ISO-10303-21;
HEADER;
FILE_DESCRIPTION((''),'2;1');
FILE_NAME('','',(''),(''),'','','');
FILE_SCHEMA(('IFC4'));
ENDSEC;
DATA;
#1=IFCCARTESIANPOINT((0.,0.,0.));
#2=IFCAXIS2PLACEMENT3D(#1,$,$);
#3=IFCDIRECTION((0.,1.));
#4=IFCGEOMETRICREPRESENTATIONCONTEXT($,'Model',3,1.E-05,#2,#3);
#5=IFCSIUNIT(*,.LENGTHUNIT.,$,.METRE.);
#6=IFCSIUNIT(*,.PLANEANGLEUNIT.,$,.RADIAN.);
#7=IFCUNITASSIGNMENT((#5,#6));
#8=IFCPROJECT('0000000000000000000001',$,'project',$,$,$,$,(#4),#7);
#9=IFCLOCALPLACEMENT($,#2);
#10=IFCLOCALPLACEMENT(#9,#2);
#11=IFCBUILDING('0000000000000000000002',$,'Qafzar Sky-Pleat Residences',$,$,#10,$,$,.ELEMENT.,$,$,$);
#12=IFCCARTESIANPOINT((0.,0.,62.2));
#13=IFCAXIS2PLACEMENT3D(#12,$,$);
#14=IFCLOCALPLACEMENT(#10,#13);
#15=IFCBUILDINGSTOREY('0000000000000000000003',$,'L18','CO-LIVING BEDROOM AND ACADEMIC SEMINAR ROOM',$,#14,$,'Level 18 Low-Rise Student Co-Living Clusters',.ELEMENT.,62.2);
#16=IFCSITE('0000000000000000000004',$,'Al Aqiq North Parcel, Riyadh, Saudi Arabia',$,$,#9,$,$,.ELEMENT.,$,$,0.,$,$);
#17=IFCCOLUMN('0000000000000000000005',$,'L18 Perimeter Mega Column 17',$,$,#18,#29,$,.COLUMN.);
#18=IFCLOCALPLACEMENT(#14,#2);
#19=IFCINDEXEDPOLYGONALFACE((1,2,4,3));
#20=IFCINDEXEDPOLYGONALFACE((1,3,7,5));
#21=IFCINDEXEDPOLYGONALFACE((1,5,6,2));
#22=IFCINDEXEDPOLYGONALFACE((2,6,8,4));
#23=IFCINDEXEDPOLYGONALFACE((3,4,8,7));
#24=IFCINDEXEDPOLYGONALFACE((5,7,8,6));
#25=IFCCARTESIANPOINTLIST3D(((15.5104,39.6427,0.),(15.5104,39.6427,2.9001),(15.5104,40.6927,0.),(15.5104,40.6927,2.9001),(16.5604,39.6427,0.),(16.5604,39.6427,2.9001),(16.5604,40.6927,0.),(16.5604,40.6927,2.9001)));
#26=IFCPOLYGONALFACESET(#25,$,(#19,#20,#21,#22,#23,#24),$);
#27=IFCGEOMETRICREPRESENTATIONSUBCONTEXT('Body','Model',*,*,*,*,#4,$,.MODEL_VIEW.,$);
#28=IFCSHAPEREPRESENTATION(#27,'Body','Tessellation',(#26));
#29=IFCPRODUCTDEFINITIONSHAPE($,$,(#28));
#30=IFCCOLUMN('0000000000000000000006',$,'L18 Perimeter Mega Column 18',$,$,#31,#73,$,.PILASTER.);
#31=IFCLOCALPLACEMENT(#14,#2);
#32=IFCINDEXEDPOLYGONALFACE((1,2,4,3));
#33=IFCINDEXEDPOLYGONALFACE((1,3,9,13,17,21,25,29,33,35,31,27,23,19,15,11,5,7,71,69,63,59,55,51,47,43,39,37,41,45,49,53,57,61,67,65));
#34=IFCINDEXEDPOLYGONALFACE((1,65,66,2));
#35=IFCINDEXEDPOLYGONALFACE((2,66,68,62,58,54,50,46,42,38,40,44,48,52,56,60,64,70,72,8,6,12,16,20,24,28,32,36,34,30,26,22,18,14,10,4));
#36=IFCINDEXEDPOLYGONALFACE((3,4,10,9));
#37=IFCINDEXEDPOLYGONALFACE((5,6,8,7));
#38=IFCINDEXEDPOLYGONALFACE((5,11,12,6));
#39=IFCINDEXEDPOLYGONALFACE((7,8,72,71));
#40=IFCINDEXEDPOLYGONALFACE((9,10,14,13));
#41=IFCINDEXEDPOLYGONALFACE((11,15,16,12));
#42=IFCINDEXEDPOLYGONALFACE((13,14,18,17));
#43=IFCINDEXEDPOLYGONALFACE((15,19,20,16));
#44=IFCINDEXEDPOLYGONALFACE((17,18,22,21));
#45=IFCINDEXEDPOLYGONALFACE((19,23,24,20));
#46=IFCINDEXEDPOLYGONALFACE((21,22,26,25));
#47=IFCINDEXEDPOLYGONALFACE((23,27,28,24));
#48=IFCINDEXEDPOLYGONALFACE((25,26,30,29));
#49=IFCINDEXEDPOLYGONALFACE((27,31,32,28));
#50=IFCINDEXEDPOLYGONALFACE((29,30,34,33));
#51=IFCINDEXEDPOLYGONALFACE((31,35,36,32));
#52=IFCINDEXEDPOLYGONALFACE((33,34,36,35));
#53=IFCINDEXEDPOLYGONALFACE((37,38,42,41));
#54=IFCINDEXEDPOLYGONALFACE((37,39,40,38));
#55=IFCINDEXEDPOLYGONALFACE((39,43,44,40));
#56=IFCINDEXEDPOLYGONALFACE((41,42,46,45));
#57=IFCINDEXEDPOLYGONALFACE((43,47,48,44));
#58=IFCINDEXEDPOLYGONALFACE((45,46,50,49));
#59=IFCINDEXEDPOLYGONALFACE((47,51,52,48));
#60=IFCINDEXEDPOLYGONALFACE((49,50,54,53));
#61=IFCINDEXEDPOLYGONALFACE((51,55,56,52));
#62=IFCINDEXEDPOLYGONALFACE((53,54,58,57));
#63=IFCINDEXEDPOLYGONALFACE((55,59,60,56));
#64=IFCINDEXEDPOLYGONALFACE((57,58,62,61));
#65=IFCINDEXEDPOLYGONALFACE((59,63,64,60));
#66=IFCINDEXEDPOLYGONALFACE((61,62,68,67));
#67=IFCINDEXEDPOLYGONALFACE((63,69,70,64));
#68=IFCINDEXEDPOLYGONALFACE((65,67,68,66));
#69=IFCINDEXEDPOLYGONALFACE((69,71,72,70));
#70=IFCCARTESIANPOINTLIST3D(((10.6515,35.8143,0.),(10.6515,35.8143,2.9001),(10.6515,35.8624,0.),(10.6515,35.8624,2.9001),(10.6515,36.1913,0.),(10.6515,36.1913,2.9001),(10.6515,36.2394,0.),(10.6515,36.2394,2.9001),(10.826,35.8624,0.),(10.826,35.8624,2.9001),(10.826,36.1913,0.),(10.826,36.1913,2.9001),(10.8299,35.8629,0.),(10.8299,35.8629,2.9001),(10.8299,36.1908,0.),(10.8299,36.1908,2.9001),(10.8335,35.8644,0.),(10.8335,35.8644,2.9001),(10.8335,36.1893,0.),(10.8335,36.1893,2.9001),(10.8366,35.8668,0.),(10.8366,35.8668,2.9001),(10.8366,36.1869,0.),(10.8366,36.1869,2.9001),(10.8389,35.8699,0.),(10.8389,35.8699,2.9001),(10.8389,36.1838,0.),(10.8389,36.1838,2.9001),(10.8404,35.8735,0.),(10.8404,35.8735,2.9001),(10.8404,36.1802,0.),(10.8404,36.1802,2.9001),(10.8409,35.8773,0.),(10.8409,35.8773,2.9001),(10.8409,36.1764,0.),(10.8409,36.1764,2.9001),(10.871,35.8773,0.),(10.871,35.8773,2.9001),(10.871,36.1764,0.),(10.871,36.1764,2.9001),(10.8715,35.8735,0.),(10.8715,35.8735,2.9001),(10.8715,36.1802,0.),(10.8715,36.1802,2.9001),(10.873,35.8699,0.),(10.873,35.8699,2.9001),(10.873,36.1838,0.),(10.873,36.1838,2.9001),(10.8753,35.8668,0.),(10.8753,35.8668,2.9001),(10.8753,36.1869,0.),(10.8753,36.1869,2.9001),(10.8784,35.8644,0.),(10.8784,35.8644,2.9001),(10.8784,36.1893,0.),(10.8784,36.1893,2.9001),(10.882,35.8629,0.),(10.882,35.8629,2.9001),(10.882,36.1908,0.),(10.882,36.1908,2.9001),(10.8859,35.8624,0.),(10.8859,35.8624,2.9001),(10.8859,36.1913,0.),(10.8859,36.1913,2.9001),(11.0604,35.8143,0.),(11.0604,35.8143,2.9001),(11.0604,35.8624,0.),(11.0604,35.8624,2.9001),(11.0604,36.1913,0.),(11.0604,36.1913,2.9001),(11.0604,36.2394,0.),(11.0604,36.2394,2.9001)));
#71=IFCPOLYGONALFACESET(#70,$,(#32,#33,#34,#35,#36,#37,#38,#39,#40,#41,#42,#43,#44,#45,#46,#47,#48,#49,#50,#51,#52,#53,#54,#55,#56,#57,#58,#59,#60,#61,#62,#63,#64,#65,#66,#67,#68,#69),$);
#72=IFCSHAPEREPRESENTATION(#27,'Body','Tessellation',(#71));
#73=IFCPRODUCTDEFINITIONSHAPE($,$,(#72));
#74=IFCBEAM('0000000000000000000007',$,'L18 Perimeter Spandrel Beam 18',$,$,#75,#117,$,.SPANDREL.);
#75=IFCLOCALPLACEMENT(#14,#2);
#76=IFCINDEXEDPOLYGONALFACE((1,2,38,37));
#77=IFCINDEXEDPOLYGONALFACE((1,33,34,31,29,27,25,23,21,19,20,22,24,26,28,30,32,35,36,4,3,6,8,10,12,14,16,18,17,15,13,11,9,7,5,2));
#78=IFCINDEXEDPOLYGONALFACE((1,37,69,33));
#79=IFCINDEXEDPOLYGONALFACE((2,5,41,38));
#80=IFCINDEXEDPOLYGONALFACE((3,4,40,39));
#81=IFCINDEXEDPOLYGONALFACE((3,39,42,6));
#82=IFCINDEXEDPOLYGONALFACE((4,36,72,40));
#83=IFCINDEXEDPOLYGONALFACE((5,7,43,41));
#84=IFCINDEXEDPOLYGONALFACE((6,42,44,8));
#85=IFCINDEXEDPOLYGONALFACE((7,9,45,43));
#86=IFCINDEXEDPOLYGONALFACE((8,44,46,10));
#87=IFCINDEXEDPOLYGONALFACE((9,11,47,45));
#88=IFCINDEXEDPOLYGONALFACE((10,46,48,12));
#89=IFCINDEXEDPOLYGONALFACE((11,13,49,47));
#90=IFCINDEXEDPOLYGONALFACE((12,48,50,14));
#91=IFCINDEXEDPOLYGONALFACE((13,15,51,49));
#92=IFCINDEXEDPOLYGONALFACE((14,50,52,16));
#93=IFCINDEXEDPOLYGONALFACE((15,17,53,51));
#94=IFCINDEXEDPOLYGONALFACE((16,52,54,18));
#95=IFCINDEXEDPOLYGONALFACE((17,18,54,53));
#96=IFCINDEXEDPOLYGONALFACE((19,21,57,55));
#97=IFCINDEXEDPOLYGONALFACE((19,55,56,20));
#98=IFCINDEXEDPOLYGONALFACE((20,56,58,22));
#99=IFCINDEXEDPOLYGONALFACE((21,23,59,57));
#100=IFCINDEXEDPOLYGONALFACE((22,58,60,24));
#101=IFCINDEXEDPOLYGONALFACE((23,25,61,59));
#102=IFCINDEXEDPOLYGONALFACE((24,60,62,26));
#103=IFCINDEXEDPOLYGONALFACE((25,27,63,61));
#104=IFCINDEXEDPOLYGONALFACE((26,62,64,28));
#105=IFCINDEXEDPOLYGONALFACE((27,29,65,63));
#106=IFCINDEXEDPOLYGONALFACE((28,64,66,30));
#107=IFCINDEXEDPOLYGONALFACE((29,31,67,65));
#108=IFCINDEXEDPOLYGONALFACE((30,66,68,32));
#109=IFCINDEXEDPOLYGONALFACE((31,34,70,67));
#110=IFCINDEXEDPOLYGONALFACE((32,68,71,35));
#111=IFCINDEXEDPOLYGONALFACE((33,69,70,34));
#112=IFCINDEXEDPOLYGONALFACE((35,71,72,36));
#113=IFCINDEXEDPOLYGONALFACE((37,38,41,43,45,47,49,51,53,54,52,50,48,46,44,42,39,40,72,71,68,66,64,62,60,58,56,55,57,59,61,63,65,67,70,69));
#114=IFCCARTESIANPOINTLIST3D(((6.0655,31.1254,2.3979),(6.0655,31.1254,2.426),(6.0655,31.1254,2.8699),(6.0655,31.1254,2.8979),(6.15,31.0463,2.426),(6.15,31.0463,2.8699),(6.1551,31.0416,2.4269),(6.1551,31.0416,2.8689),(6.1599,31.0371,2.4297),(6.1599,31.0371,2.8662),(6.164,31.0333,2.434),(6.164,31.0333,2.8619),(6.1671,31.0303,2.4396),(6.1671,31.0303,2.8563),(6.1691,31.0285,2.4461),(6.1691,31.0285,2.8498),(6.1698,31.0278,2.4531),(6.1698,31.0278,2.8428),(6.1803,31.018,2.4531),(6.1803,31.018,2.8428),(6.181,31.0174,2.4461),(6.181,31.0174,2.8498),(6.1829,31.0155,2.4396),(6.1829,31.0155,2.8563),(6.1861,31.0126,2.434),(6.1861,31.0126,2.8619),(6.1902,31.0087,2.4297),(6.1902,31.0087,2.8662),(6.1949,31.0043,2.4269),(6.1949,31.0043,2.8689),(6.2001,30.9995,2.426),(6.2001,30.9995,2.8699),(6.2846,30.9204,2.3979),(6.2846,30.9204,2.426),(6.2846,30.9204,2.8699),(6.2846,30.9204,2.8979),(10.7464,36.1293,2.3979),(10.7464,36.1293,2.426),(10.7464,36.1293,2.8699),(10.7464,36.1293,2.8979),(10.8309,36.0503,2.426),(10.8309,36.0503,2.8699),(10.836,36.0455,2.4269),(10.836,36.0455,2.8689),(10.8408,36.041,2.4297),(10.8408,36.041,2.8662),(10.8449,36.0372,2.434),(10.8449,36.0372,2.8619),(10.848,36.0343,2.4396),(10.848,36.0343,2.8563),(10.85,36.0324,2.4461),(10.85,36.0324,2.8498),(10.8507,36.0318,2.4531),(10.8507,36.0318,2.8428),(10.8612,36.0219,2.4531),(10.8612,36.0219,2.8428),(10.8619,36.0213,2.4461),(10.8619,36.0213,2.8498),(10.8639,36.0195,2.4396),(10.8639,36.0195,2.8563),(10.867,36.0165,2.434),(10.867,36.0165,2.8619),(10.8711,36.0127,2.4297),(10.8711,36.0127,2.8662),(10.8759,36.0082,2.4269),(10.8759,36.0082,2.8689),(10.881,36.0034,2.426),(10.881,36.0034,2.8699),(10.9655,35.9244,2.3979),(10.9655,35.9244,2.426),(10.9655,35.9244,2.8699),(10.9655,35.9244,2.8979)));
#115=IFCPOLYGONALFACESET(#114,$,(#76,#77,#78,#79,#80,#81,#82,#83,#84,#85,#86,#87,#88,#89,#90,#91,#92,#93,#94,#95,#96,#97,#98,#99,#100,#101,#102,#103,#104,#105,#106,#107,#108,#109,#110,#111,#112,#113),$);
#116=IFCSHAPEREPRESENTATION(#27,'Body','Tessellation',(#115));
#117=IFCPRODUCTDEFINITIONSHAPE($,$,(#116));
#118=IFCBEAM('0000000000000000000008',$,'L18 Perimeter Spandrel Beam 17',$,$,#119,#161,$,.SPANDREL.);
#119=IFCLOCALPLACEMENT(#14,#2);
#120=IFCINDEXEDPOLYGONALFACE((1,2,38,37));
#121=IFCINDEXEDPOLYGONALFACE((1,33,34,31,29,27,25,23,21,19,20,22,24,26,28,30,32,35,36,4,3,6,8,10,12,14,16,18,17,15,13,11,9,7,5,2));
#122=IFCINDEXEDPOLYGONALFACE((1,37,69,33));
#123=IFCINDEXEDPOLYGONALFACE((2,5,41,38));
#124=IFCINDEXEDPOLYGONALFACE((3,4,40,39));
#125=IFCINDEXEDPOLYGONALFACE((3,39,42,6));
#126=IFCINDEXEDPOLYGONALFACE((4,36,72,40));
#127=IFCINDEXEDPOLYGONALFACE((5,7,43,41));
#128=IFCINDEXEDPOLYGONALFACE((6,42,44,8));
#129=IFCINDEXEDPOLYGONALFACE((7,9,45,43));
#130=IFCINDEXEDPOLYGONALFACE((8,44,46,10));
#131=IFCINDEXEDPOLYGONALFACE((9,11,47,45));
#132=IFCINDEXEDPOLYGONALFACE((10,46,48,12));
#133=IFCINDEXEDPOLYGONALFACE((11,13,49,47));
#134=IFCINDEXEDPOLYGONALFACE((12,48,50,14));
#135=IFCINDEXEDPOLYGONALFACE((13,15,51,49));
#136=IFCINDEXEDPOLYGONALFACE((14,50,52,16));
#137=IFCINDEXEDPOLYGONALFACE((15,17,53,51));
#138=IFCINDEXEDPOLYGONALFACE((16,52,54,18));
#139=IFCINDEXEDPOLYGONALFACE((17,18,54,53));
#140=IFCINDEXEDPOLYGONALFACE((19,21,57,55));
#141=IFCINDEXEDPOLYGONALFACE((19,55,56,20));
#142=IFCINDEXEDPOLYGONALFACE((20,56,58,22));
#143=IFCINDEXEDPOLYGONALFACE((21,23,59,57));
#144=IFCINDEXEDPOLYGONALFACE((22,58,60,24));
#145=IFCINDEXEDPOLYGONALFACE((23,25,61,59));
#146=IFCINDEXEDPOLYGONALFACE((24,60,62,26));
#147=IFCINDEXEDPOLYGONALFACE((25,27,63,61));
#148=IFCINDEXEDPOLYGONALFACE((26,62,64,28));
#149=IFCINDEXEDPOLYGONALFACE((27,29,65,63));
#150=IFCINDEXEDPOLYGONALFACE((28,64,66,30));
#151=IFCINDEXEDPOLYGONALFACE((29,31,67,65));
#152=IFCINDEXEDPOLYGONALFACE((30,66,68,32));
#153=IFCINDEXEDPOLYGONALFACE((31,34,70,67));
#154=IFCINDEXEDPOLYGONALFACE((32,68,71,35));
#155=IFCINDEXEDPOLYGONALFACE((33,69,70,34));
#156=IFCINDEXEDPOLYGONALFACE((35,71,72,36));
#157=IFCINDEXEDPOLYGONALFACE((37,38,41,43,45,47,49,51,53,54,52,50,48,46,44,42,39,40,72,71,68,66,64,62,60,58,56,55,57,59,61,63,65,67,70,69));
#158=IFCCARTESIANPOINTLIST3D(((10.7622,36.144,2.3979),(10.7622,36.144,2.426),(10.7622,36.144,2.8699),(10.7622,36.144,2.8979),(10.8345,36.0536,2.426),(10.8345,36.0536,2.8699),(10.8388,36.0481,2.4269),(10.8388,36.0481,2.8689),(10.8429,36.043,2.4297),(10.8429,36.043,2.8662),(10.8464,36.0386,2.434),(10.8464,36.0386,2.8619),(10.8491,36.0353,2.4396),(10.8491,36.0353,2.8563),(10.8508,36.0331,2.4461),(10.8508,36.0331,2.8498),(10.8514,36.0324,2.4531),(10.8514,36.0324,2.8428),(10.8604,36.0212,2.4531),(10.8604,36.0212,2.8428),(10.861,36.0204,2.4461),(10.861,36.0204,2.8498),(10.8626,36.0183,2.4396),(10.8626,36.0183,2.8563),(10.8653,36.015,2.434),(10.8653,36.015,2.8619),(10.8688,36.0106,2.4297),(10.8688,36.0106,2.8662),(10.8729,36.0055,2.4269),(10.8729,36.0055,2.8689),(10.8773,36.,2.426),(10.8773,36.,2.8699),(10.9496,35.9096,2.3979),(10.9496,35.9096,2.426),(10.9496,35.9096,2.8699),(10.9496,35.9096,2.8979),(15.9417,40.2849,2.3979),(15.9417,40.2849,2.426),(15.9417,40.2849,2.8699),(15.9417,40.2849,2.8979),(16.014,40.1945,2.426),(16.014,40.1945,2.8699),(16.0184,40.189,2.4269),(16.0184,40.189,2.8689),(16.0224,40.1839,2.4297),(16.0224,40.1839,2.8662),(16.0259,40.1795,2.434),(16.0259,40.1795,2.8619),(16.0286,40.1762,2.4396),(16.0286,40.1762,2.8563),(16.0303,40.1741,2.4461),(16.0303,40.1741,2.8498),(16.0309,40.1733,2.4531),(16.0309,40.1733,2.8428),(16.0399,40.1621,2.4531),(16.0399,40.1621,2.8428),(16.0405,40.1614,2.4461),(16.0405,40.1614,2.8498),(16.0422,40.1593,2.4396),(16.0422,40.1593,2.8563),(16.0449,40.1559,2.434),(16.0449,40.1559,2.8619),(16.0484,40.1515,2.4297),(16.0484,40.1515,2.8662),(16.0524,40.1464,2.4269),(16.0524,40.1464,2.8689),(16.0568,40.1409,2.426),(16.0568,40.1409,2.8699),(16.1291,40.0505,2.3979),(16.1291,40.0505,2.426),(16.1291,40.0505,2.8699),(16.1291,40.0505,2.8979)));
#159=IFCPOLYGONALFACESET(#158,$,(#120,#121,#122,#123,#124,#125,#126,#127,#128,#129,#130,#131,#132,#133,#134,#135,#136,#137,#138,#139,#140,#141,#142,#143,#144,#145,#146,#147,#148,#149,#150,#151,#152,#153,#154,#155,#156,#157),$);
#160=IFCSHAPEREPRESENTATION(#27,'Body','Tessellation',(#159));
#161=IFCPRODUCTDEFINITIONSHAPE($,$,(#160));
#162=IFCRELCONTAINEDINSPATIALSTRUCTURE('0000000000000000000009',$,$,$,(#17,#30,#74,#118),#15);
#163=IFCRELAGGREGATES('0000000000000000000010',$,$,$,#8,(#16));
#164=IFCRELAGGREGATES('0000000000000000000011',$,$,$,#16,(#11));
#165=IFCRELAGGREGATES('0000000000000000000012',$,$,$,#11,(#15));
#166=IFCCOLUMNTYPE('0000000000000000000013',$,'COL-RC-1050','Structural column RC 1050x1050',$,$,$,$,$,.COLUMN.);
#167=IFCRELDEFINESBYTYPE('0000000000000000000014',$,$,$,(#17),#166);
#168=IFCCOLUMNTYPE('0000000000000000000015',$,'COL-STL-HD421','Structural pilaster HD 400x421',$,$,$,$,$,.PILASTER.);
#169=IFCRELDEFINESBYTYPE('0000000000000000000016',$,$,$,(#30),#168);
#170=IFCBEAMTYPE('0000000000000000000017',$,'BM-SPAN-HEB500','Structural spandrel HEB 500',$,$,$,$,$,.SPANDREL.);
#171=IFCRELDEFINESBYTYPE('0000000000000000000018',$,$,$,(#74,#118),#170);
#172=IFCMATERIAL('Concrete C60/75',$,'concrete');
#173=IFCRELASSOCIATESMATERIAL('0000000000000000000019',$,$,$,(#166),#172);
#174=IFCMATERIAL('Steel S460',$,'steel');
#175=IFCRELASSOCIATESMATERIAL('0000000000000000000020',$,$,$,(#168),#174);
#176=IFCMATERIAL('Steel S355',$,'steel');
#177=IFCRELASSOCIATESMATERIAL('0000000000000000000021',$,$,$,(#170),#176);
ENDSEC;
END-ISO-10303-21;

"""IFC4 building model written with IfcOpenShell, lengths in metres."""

from ifc_helpers import new_model, si_unit, direction, frame, origin, origin_2d, place, context, subcontext, project, spatial, rectangle, i_section, extrude, source, transform, mapped, material, material_profile, profile_set, type_object, element, save


model = new_model("IFC4")

# Units and contexts
model_context = context("Model", 3, precision=1e-05, world=origin(), true_north=direction((0.0, 1.0)))
body_context = subcontext(model_context, "Body", "Model", "MODEL_VIEW")
ifc_project = project(units=[si_unit("LENGTHUNIT", "METRE"), si_unit("PLANEANGLEUNIT", "RADIAN")], contexts=[model_context])

# Site, building, storey
site_placement = place(None, origin())
site = spatial("IfcSite", under=ifc_project, at=site_placement, Name="Al Aqiq North Parcel, Riyadh, Saudi Arabia", CompositionType="ELEMENT", RefElevation=0.0)
building_placement = place(site_placement, origin())
building = spatial("IfcBuilding", under=site, at=building_placement, Name="Qafzar Sky-Pleat Residences", CompositionType="ELEMENT")
storey_placement = place(building_placement, frame((0.0, 0.0, 62.2)))
storey = spatial("IfcBuildingStorey", under=building, at=storey_placement, Name="L18", Description="CO-LIVING BEDROOM AND ACADEMIC SEMINAR ROOM", LongName="Level 18 Low-Rise Student Co-Living Clusters", CompositionType="ELEMENT", Elevation=62.2)

# Columns
ifc_material_1 = material(Name="Concrete C60/75", Category="concrete")
ifc_material_profile_1 = material_profile(ifc_material_1, rectangle(XDim=1.05, YDim=1.05, at=origin_2d()), Name="RC 1050x1050")
ifc_profile_set_1 = profile_set([ifc_material_profile_1], Name="Concrete C60/75")
column_type_1 = type_object("IfcColumnType", Name="COL-RC-1050", Description="Structural column RC 1050x1050", PredefinedType="COLUMN", material=ifc_profile_set_1)
shared_shape_1 = source(origin(), body_context, "Body", "SweptSolid", [
    extrude(rectangle(XDim=1.05, YDim=1.05, at=origin_2d()), origin(), (0.0, 0.0, 1.0), 2.9001),
])
column_1_placement = place(storey_placement, frame((16.0354, 40.1677, 0.0), z_axis=(0.0, 0.0, 1.0), x_axis=(1.0, 0.0, 0.0)))
element("IfcColumn", 1, at=column_1_placement, inside=storey, type_object=column_type_1, Name="L18 Perimeter Mega Column 17", PredefinedType="COLUMN", context=body_context, shape_type="MappedRepresentation", body=[
    mapped(shared_shape_1, transform((0.0, 0.0, 0.0), x_axis=(1.0, 0.0, 0.0), y_axis=(0.0, 1.0, 0.0), z_axis=(0.0, 0.0, 1.0), scale=1.0)),
])
ifc_material_2 = material(Name="Steel S460", Category="steel")
ifc_material_profile_2 = material_profile(ifc_material_2, i_section(OverallWidth=0.4089, OverallDepth=0.425, WebThickness=0.03, FlangeThickness=0.0481, FilletRadius=0.0149, at=origin_2d()), Name="HD 400x421")
ifc_profile_set_2 = profile_set([ifc_material_profile_2], Name="Steel S460")
column_type_2 = type_object("IfcColumnType", Name="COL-STL-HD421", Description="Structural pilaster HD 400x421", PredefinedType="PILASTER", material=ifc_profile_set_2)
shared_shape_2 = source(origin(), body_context, "Body", "SweptSolid", [
    extrude(i_section(OverallWidth=0.4089, OverallDepth=0.425, WebThickness=0.03, FlangeThickness=0.0481, FilletRadius=0.0149, at=origin_2d()), origin(), (0.0, 0.0, 1.0), 2.9001),
])
column_2_placement = place(storey_placement, frame((10.856, 36.0269, 0.0), z_axis=(0.0, 0.0, 1.0), x_axis=(1.0, 0.0, 0.0)))
element("IfcColumn", 2, at=column_2_placement, inside=storey, type_object=column_type_2, Name="L18 Perimeter Mega Column 18", PredefinedType="PILASTER", context=body_context, shape_type="MappedRepresentation", body=[
    mapped(shared_shape_2, transform((0.0, 0.0, 0.0), x_axis=(1.0, 0.0, 0.0), y_axis=(0.0, 1.0, 0.0), z_axis=(0.0, 0.0, 1.0), scale=1.0)),
])

# Beams
ifc_material_3 = material(Name="Steel S355", Category="steel")
ifc_material_profile_3 = material_profile(ifc_material_3, i_section(OverallWidth=0.3, OverallDepth=0.5, WebThickness=0.0144, FlangeThickness=0.0281, FilletRadius=0.0271, at=origin_2d()), Name="HEB 500")
ifc_profile_set_3 = profile_set([ifc_material_profile_3], Name="Steel S355")
beam_type_1 = type_object("IfcBeamType", Name="BM-SPAN-HEB500", Description="Structural spandrel HEB 500", PredefinedType="SPANDREL", material=ifc_profile_set_3)
shared_shape_3 = source(origin(), body_context, "Body", "SweptSolid", [
    extrude(i_section(OverallWidth=0.3, OverallDepth=0.5, WebThickness=0.0144, FlangeThickness=0.0281, FilletRadius=0.0271, at=origin_2d()), origin(), (0.0, 0.0, 1.0), 6.8521),
])
beam_1_placement = place(storey_placement, frame((10.856, 36.0269, 2.6479), z_axis=(-0.683144, -0.730283, 0.0), x_axis=(0.730283, -0.683144, 0.0)))
element("IfcBeam", 3, at=beam_1_placement, inside=storey, type_object=beam_type_1, Name="L18 Perimeter Spandrel Beam 18", PredefinedType="SPANDREL", context=body_context, shape_type="MappedRepresentation", body=[
    mapped(shared_shape_3, transform((0.0, 0.0, 0.0), x_axis=(1.0, 0.0, 0.0), y_axis=(0.0, 1.0, 0.0), z_axis=(0.0, 0.0, 1.0), scale=1.0)),
])
shared_shape_4 = source(origin(), body_context, "Body", "SweptSolid", [
    extrude(i_section(OverallWidth=0.3, OverallDepth=0.5, WebThickness=0.0144, FlangeThickness=0.0281, FilletRadius=0.0271, at=origin_2d()), origin(), (0.0, 0.0, 1.0), 6.6313),
])
beam_2_placement = place(storey_placement, frame((16.0354, 40.1677, 2.6479), z_axis=(-0.781066, -0.624448, 0.0), x_axis=(0.624448, -0.781066, 0.0)))
element("IfcBeam", 4, at=beam_2_placement, inside=storey, type_object=beam_type_1, Name="L18 Perimeter Spandrel Beam 17", PredefinedType="SPANDREL", context=body_context, shape_type="MappedRepresentation", body=[
    mapped(shared_shape_4, transform((0.0, 0.0, 0.0), x_axis=(1.0, 0.0, 0.0), y_axis=(0.0, 1.0, 0.0), z_axis=(0.0, 0.0, 1.0), scale=1.0)),
])

save(model, "model.ifc")
